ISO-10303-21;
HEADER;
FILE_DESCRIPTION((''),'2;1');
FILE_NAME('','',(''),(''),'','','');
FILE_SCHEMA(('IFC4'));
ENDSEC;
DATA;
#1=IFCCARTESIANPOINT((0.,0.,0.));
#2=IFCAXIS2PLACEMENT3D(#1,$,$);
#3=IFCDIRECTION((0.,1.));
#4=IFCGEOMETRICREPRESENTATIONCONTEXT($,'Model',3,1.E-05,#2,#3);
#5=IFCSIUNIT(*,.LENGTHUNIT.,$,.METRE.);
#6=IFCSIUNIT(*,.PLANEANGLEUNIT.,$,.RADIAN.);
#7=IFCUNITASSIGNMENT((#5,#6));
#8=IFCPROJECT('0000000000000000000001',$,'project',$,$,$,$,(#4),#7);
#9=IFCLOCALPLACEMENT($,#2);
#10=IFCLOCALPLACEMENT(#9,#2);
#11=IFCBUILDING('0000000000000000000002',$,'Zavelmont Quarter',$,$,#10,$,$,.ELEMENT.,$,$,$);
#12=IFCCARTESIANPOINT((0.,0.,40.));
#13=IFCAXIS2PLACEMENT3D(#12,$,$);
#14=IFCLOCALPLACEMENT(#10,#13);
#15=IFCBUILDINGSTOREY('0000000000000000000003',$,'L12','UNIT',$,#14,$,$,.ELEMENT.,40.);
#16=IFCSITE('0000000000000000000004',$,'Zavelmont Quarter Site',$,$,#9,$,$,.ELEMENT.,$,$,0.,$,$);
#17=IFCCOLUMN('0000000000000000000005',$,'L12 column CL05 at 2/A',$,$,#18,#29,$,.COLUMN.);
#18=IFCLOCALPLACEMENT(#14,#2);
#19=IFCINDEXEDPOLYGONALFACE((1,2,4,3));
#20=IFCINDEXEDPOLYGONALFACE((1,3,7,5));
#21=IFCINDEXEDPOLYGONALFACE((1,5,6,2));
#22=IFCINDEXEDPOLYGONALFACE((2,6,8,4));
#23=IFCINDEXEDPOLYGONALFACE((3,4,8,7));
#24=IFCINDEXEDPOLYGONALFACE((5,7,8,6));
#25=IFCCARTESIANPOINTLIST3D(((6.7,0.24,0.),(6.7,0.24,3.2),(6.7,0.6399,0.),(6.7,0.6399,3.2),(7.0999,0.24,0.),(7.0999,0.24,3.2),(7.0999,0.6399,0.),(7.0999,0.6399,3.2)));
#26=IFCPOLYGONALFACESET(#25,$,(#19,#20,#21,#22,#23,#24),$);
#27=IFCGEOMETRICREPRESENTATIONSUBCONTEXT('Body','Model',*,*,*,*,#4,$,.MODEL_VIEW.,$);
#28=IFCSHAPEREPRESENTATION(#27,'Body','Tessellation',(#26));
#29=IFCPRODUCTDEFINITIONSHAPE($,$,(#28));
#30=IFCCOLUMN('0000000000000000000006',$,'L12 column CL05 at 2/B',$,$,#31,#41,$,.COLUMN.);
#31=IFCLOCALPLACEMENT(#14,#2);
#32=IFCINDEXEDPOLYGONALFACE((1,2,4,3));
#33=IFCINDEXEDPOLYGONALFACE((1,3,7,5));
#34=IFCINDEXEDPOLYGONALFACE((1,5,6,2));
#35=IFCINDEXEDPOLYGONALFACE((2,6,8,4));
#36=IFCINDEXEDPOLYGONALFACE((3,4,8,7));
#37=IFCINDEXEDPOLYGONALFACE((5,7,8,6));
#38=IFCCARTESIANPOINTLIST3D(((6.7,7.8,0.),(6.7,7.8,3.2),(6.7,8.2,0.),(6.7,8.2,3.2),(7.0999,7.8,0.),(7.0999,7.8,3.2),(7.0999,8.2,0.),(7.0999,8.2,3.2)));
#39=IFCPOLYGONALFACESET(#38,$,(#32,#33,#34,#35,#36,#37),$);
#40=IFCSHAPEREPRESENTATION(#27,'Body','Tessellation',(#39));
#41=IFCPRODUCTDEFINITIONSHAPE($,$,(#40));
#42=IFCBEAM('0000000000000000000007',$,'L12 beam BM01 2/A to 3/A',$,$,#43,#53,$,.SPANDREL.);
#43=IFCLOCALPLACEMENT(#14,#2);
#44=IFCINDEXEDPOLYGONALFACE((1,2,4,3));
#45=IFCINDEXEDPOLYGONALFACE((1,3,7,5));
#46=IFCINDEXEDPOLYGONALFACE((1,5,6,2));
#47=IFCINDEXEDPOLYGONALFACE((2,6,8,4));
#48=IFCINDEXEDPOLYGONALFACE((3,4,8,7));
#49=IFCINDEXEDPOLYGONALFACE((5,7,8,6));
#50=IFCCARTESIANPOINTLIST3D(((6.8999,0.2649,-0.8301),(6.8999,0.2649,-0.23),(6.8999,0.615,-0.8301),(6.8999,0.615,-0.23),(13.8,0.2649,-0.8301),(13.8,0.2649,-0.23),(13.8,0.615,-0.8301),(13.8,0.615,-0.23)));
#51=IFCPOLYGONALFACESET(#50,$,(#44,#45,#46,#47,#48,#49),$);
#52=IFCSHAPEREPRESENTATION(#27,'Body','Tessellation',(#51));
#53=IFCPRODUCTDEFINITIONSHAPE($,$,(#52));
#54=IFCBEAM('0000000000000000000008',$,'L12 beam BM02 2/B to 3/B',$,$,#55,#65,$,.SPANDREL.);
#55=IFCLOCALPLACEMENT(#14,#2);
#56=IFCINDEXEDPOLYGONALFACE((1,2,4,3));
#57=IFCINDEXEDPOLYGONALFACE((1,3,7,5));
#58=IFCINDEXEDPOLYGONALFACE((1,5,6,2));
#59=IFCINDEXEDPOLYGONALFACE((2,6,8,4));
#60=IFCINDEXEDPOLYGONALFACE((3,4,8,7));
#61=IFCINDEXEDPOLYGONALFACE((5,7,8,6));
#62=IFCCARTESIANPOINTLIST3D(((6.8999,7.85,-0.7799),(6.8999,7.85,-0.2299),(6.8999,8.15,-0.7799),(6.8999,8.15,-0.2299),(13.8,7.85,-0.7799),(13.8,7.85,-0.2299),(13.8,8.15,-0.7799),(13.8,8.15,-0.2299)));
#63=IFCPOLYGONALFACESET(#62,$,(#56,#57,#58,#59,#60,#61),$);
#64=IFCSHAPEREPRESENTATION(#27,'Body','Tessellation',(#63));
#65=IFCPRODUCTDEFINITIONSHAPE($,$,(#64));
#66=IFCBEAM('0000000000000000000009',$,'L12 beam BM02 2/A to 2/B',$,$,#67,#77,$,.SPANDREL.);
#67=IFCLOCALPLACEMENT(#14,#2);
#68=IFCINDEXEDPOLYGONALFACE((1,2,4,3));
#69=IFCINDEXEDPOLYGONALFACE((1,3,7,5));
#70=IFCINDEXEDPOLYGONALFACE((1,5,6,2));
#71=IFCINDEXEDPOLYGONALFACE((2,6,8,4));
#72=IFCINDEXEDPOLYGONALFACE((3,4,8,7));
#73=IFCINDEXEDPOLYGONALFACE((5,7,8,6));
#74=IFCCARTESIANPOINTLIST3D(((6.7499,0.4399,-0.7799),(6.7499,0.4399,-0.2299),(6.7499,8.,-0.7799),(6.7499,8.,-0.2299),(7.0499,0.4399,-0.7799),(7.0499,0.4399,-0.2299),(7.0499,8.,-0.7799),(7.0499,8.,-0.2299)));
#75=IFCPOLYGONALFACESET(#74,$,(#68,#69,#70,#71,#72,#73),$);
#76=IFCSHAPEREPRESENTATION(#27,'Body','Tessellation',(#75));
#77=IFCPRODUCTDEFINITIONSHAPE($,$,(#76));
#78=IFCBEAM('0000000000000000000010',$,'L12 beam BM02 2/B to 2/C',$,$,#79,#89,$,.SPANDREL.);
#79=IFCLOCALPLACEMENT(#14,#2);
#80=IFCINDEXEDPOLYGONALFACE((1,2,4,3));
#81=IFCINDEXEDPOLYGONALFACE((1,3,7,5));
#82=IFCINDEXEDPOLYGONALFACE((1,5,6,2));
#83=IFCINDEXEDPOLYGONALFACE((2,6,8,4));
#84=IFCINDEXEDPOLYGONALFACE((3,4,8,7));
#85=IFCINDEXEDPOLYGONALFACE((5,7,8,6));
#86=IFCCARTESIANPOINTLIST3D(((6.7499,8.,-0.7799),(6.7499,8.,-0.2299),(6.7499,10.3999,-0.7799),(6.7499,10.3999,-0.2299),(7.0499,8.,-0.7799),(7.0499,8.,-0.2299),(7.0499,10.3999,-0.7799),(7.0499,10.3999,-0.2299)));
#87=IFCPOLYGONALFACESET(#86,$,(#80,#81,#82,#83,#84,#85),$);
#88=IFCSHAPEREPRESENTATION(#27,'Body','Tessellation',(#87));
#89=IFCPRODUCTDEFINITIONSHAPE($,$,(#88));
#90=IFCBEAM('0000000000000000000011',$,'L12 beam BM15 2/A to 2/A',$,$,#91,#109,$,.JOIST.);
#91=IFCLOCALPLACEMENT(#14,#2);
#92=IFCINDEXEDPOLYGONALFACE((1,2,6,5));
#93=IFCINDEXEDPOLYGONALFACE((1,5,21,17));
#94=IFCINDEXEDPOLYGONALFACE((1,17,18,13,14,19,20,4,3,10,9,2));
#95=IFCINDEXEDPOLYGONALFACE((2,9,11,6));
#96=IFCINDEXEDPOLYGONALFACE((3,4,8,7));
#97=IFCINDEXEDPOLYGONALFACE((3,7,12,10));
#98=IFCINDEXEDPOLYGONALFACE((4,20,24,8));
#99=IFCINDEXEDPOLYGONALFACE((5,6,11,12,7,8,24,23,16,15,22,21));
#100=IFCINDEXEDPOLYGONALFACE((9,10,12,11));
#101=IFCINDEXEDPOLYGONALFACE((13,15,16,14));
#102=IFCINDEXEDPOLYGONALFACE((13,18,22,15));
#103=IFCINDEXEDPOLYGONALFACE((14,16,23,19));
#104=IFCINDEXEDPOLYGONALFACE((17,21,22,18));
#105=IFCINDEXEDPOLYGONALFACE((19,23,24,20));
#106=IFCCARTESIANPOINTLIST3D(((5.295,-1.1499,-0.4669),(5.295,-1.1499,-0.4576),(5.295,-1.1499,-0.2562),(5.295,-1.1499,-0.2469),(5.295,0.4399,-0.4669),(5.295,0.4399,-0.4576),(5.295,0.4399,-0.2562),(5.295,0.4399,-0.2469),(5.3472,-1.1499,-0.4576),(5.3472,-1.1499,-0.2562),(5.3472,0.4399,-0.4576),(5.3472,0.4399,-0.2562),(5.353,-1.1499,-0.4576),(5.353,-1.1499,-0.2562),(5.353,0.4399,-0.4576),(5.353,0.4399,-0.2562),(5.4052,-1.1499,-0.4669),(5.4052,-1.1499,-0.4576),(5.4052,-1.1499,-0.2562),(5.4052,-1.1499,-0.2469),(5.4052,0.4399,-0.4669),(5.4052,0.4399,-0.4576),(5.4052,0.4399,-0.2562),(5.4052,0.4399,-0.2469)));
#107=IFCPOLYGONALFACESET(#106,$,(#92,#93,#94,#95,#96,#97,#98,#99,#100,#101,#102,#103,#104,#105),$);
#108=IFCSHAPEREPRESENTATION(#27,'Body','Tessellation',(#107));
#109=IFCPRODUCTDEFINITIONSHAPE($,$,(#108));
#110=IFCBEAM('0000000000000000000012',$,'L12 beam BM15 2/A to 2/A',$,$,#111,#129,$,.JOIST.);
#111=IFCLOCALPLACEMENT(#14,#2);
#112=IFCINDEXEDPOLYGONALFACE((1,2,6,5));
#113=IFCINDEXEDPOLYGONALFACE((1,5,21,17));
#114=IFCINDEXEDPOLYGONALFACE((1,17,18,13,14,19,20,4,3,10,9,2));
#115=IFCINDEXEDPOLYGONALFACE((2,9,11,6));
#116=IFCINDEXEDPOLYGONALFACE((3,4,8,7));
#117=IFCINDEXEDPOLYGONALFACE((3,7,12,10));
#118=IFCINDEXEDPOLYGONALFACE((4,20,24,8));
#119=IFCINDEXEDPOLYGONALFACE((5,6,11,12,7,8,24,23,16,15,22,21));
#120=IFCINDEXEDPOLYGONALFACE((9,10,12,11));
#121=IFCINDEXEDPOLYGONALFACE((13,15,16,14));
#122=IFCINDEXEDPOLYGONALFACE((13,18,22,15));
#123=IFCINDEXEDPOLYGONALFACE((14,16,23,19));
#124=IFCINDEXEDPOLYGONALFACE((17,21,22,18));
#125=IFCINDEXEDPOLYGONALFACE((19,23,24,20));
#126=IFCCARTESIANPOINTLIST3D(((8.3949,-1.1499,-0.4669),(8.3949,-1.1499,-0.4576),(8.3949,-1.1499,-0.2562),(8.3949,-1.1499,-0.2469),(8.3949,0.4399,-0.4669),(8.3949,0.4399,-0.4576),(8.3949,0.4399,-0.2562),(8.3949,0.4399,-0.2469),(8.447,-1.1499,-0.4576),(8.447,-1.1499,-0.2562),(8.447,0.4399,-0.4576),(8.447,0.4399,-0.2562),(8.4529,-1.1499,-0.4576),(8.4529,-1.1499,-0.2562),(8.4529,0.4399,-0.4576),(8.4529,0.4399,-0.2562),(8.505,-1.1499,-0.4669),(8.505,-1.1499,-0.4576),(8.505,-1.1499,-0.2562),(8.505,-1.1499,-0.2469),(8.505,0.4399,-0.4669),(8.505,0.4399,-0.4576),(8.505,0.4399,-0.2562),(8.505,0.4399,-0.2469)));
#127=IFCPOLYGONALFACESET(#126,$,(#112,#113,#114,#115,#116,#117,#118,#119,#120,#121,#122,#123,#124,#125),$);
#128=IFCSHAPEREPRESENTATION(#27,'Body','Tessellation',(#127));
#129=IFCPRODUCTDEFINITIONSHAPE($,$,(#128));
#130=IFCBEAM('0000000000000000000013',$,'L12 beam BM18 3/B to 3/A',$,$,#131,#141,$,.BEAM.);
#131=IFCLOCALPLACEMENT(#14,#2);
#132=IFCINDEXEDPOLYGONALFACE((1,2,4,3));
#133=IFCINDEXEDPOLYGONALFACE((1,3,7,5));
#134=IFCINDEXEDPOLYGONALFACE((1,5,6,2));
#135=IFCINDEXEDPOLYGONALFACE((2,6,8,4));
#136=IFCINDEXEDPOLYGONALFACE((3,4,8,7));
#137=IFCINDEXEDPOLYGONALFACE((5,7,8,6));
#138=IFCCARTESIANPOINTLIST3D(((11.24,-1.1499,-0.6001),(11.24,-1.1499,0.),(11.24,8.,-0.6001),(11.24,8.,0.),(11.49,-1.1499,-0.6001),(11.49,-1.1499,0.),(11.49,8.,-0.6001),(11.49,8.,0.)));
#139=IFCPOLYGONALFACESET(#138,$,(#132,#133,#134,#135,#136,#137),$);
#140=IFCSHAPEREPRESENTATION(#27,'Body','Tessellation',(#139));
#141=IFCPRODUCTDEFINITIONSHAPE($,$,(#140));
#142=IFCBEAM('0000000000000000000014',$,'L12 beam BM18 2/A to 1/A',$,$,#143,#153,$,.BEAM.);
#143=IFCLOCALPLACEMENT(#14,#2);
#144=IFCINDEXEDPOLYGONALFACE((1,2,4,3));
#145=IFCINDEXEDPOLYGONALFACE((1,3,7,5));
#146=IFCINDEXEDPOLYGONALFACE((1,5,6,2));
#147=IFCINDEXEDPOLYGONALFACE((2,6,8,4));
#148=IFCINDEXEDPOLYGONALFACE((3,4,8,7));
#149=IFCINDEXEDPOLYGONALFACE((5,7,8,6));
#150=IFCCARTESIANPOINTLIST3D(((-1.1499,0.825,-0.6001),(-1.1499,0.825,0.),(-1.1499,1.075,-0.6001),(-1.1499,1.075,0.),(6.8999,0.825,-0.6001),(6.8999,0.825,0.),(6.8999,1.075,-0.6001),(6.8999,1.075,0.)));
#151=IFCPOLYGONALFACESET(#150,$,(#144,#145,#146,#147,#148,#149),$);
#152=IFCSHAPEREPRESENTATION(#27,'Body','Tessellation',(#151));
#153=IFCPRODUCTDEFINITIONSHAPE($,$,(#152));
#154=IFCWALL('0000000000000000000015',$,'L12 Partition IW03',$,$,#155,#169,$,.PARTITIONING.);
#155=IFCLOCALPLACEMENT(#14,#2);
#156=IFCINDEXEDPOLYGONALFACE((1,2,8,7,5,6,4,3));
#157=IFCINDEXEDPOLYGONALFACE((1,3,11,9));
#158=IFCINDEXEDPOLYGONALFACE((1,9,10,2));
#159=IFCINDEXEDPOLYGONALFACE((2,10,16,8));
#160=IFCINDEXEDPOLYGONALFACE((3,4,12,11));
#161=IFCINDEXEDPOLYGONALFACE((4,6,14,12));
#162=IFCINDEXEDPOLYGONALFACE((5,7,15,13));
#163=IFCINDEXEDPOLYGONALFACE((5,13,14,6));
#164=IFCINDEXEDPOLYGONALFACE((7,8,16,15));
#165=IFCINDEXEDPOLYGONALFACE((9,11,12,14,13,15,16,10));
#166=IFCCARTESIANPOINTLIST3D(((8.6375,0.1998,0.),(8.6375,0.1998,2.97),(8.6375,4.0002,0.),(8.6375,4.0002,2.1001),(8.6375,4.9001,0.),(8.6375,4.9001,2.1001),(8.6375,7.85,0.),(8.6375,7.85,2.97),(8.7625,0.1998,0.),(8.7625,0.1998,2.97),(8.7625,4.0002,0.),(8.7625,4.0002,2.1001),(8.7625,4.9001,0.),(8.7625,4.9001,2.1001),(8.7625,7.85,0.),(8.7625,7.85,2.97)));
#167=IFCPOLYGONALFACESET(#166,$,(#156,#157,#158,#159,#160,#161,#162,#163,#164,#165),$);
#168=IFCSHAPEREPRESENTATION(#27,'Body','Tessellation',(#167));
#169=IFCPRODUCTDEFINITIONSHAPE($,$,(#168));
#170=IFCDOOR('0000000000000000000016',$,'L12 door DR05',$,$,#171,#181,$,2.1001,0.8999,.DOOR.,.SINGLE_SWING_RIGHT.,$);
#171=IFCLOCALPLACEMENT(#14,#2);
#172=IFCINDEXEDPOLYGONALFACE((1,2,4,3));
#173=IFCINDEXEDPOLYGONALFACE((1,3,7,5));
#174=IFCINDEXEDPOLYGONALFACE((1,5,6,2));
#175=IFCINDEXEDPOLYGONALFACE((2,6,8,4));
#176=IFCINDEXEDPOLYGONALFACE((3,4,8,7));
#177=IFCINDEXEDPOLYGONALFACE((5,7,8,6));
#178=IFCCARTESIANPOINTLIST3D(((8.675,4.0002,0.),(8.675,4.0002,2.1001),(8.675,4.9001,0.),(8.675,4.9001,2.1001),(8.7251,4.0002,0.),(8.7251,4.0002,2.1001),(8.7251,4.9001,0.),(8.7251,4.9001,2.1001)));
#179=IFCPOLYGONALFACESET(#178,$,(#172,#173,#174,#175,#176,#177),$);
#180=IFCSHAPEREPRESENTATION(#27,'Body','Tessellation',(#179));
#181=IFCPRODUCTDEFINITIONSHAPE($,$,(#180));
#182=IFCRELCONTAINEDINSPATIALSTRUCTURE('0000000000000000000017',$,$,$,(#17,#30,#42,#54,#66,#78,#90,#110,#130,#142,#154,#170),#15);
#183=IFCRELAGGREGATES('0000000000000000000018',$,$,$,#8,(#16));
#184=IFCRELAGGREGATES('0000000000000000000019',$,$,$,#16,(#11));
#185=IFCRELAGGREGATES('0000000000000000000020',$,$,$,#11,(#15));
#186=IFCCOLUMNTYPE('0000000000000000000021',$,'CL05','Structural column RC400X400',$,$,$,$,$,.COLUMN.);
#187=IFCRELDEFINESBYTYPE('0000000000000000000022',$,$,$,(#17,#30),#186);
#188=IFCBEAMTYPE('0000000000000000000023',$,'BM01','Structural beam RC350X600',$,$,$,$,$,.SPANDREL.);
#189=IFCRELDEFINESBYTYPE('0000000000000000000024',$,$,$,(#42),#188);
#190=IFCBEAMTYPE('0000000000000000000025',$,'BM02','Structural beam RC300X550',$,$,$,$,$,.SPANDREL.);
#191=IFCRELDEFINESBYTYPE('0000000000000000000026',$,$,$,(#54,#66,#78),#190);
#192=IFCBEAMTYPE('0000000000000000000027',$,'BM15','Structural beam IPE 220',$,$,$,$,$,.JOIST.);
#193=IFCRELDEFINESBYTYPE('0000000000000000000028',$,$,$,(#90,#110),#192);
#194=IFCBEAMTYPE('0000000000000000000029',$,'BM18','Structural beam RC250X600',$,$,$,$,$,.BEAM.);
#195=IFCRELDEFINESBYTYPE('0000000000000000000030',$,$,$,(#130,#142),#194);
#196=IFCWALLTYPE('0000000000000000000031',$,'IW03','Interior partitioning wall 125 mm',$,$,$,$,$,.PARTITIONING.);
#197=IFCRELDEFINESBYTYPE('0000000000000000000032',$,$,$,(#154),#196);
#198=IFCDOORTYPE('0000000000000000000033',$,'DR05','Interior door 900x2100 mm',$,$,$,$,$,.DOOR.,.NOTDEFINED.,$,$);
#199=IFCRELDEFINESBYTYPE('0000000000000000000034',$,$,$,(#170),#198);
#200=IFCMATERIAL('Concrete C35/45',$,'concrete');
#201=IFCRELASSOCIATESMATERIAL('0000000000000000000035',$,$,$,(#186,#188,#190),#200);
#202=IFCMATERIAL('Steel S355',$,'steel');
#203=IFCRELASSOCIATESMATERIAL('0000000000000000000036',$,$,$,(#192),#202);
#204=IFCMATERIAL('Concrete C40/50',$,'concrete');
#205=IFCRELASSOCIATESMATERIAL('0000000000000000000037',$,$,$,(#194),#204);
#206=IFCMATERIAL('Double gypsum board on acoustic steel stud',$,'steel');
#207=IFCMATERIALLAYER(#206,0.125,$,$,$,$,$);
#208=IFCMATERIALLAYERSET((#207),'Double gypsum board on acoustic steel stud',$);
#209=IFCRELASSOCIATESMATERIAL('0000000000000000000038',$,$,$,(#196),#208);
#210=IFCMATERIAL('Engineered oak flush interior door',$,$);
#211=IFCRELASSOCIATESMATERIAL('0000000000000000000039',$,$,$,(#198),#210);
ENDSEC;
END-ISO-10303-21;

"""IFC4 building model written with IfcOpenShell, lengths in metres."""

from ifc_helpers import new_model, si_unit, direction, frame, frame_2d, origin, origin_2d, place, context, subcontext, project, spatial, rectangle, i_section, extrude, material, layer, layer_set, material_profile, profile_set, type_object, element, fill, save


model = new_model("IFC4")

# Units and contexts
model_context = context("Model", 3, precision=1e-05, world=origin(), true_north=direction((0.0, 1.0)))
body_context = subcontext(model_context, "Body", "Model", "MODEL_VIEW")
ifc_project = project(units=[si_unit("LENGTHUNIT", "METRE"), si_unit("PLANEANGLEUNIT", "RADIAN")], contexts=[model_context])

# Site, building, storey
site_placement = place(None, origin())
site = spatial("IfcSite", under=ifc_project, at=site_placement, Name="Zavelmont Quarter Site", CompositionType="ELEMENT", RefElevation=0.0)
building_placement = place(site_placement, origin())
building = spatial("IfcBuilding", under=site, at=building_placement, Name="Zavelmont Quarter", CompositionType="ELEMENT")
storey_placement = place(building_placement, frame((0.0, 0.0, 40.0)))
storey = spatial("IfcBuildingStorey", under=building, at=storey_placement, Name="L12", Description="UNIT", CompositionType="ELEMENT", Elevation=40.0)

# Columns
ifc_material_1 = material(Name="Concrete C35/45", Category="concrete")
ifc_material_profile_1 = material_profile(ifc_material_1, rectangle(XDim=0.3999, YDim=0.3999, at=origin_2d()), Name="RC400X400")
ifc_profile_set_1 = profile_set([ifc_material_profile_1], Name="Concrete C35/45")
column_type = type_object("IfcColumnType", Name="CL05", Description="Structural column RC400X400", PredefinedType="COLUMN", material=ifc_profile_set_1)
for number, where, z_axis, x_axis, name in (
    (1, (6.8999, 0.4399, 0.0), (0.0, 0.0, 1.0), (1.0, 0.0, 0.0), "L12 column CL05 at 2/A"),
    (2, (6.8999, 8.0, 0.0), (0.0, 0.0, 1.0), (1.0, 0.0, 0.0), "L12 column CL05 at 2/B"),
):
    element("IfcColumn", number, at=place(storey_placement, frame(where, z_axis=z_axis, x_axis=x_axis)), inside=storey, type_object=column_type, Name=name, PredefinedType="COLUMN", context=body_context, shape_type="SweptSolid", body=[
        extrude(rectangle(XDim=0.3999, YDim=0.3999, at=origin_2d()), origin(), (0.0, 0.0, 1.0), 3.2),
    ])

# Beams
ifc_material_profile_2 = material_profile(ifc_material_1, rectangle(XDim=0.3501, YDim=0.6001, at=origin_2d()), Name="RC350X600")
ifc_profile_set_2 = profile_set([ifc_material_profile_2], Name="Concrete C35/45")
beam_type_1 = type_object("IfcBeamType", Name="BM01", Description="Structural beam RC350X600", PredefinedType="SPANDREL", material=ifc_profile_set_2)
beam_1_placement = place(storey_placement, frame((6.8999, 0.4399, -0.53), z_axis=(1.0, 0.0, 0.0), x_axis=(0.0, 1.0, 0.0)))
element("IfcBeam", 3, at=beam_1_placement, inside=storey, type_object=beam_type_1, Name="L12 beam BM01 2/A to 3/A", PredefinedType="SPANDREL", context=body_context, shape_type="SweptSolid", body=[
    extrude(rectangle(XDim=0.3501, YDim=0.6001, at=origin_2d()), origin(), (0.0, 0.0, 1.0), 6.9001),
])
ifc_material_profile_3 = material_profile(ifc_material_1, rectangle(XDim=0.3, YDim=0.55, at=origin_2d()), Name="RC300X550")
ifc_profile_set_3 = profile_set([ifc_material_profile_3], Name="Concrete C35/45")
beam_type_2 = type_object("IfcBeamType", Name="BM02", Description="Structural beam RC300X550", PredefinedType="SPANDREL", material=ifc_profile_set_3)
beam_2_placement = place(storey_placement, frame((6.8999, 8.0, -0.5049), z_axis=(1.0, 0.0, 0.0), x_axis=(0.0, 1.0, 0.0)))
element("IfcBeam", 4, at=beam_2_placement, inside=storey, type_object=beam_type_2, Name="L12 beam BM02 2/B to 3/B", PredefinedType="SPANDREL", context=body_context, shape_type="SweptSolid", body=[
    extrude(rectangle(XDim=0.3, YDim=0.55, at=origin_2d()), origin(), (0.0, 0.0, 1.0), 6.9001),
])
beam_3_placement = place(storey_placement, frame((6.8999, 0.4399, -0.5049), z_axis=(0.0, 1.0, 0.0), x_axis=(-1.0, 0.0, 0.0)))
element("IfcBeam", 5, at=beam_3_placement, inside=storey, type_object=beam_type_2, Name="L12 beam BM02 2/A to 2/B", PredefinedType="SPANDREL", context=body_context, shape_type="SweptSolid", body=[
    extrude(rectangle(XDim=0.3, YDim=0.55, at=origin_2d()), origin(), (0.0, 0.0, 1.0), 7.5601),
])
beam_4_placement = place(storey_placement, frame((6.8999, 8.0, -0.5049), z_axis=(0.0, 1.0, 0.0), x_axis=(-1.0, 0.0, 0.0)))
element("IfcBeam", 6, at=beam_4_placement, inside=storey, type_object=beam_type_2, Name="L12 beam BM02 2/B to 2/C", PredefinedType="SPANDREL", context=body_context, shape_type="SweptSolid", body=[
    extrude(rectangle(XDim=0.3, YDim=0.55, at=origin_2d()), origin(), (0.0, 0.0, 1.0), 2.3999),
])
ifc_material_2 = material(Name="Steel S355", Category="steel")
ifc_material_profile_4 = material_profile(ifc_material_2, i_section(OverallWidth=0.1101, OverallDepth=0.22, WebThickness=0.0059, FlangeThickness=0.0093, at=origin_2d()), Name="IPE 220")
ifc_profile_set_4 = profile_set([ifc_material_profile_4], Name="Steel S355")
beam_type_3 = type_object("IfcBeamType", Name="BM15", Description="Structural beam IPE 220", PredefinedType="JOIST", material=ifc_profile_set_4)
for number, where, z_axis, x_axis, name in (
    (7, (5.3501, 0.4399, -0.3569), (0.0, -1.0, 0.0), (1.0, 0.0, 0.0), "L12 beam BM15 2/A to 2/A"),
    (8, (8.45, 0.4399, -0.3569), (0.0, -1.0, 0.0), (1.0, 0.0, 0.0), "L12 beam BM15 2/A to 2/A"),
):
    element("IfcBeam", number, at=place(storey_placement, frame(where, z_axis=z_axis, x_axis=x_axis)), inside=storey, type_object=beam_type_3, Name=name, PredefinedType="JOIST", context=body_context, shape_type="SweptSolid", body=[
        extrude(i_section(OverallWidth=0.1101, OverallDepth=0.22, WebThickness=0.0059, FlangeThickness=0.0093, at=origin_2d()), origin(), (0.0, 0.0, 1.0), 1.5898),
    ])
ifc_material_3 = material(Name="Concrete C40/50", Category="concrete")
ifc_material_profile_5 = material_profile(ifc_material_3, rectangle(XDim=0.25, YDim=0.6001, at=origin_2d()), Name="RC250X600")
ifc_profile_set_5 = profile_set([ifc_material_profile_5], Name="Concrete C40/50")
beam_type_4 = type_object("IfcBeamType", Name="BM18", Description="Structural beam RC250X600", PredefinedType="BEAM", material=ifc_profile_set_5)
beam_5_placement = place(storey_placement, frame((11.365, 8.0, -0.3), z_axis=(0.0, -1.0, 0.0), x_axis=(1.0, 0.0, 0.0)))
element("IfcBeam", 9, at=beam_5_placement, inside=storey, type_object=beam_type_4, Name="L12 beam BM18 3/B to 3/A", PredefinedType="BEAM", context=body_context, shape_type="SweptSolid", body=[
    extrude(rectangle(XDim=0.25, YDim=0.6001, at=origin_2d()), origin(), (0.0, 0.0, 1.0), 9.1499),
])
beam_6_placement = place(storey_placement, frame((6.8999, 0.95, -0.3), z_axis=(-1.0, 0.0, 0.0), x_axis=(0.0, -1.0, 0.0)))
element("IfcBeam", 10, at=beam_6_placement, inside=storey, type_object=beam_type_4, Name="L12 beam BM18 2/A to 1/A", PredefinedType="BEAM", context=body_context, shape_type="SweptSolid", body=[
    extrude(rectangle(XDim=0.25, YDim=0.6001, at=origin_2d()), origin(), (0.0, 0.0, 1.0), 8.0498),
])

# Wall, opening, door
ifc_material_4 = material(Name="Double gypsum board on acoustic steel stud", Category="steel")
ifc_layer_1 = layer(ifc_material_4, 0.125)
ifc_layer_set_1 = layer_set([ifc_layer_1], Name="Double gypsum board on acoustic steel stud")
wall_type_1 = type_object("IfcWallType", Name="IW03", Description="Interior partitioning wall 125 mm", PredefinedType="PARTITIONING", material=ifc_layer_set_1)
wall_1_placement = place(storey_placement, frame((8.7, 7.8501, 0.0), z_axis=(0.0, 0.0, 1.0), x_axis=(0.0, -1.0, 0.0)))
wall_1 = element("IfcWall", 11, at=wall_1_placement, inside=storey, type_object=wall_type_1, Name="L12 Partition IW03", PredefinedType="PARTITIONING", context=body_context, shape_type="SweptSolid", body=[
    extrude(rectangle(XDim=7.6501, YDim=0.125, at=frame_2d((3.8252, 0.0))), origin(), (0.0, 0.0, 1.0), 2.97),
])
opening_1_placement = place(wall_1_placement, frame((2.95, 0.0, 0.0)))
opening_1 = element("IfcOpeningElement", 12, at=opening_1_placement, cuts=wall_1, PredefinedType="OPENING", context=body_context, shape_type="SweptSolid", body=[
    extrude(rectangle(XDim=0.8999, YDim=2.1001, at=frame_2d((0.45, 1.05))), frame((0.0, 0.0745, 0.0), z_axis=(0.0, -1.0, 0.0), x_axis=(1.0, 0.0, 0.0)), (0.0, 0.0, 1.0), 0.1489),
])
ifc_material_5 = material(Name="Engineered oak flush interior door")
door_type = type_object("IfcDoorType", Name="DR05", Description="Interior door 900x2100 mm", OperationType="NOTDEFINED", PredefinedType="DOOR", material=ifc_material_5)
door_1_placement = place(opening_1_placement, frame((0.8999, 0.0, 0.0), z_axis=(0.0, 0.0, 1.0), x_axis=(-1.0, 0.0, 0.0)))
door_1 = element("IfcDoor", 13, at=door_1_placement, inside=storey, type_object=door_type, Name="L12 door DR05", OperationType="SINGLE_SWING_RIGHT", OverallHeight=2.1001, OverallWidth=0.8999, PredefinedType="DOOR", context=body_context, shape_type="SweptSolid", body=[
    extrude(rectangle(XDim=0.8999, YDim=2.1001, at=frame_2d((0.45, 1.05))), frame((0.0, 0.0249, 0.0), z_axis=(0.0, -1.0, 0.0), x_axis=(1.0, 0.0, 0.0)), (0.0, 0.0, 1.0), 0.05),
])
fill(opening_1, door_1)

save(model, "model.ifc")
